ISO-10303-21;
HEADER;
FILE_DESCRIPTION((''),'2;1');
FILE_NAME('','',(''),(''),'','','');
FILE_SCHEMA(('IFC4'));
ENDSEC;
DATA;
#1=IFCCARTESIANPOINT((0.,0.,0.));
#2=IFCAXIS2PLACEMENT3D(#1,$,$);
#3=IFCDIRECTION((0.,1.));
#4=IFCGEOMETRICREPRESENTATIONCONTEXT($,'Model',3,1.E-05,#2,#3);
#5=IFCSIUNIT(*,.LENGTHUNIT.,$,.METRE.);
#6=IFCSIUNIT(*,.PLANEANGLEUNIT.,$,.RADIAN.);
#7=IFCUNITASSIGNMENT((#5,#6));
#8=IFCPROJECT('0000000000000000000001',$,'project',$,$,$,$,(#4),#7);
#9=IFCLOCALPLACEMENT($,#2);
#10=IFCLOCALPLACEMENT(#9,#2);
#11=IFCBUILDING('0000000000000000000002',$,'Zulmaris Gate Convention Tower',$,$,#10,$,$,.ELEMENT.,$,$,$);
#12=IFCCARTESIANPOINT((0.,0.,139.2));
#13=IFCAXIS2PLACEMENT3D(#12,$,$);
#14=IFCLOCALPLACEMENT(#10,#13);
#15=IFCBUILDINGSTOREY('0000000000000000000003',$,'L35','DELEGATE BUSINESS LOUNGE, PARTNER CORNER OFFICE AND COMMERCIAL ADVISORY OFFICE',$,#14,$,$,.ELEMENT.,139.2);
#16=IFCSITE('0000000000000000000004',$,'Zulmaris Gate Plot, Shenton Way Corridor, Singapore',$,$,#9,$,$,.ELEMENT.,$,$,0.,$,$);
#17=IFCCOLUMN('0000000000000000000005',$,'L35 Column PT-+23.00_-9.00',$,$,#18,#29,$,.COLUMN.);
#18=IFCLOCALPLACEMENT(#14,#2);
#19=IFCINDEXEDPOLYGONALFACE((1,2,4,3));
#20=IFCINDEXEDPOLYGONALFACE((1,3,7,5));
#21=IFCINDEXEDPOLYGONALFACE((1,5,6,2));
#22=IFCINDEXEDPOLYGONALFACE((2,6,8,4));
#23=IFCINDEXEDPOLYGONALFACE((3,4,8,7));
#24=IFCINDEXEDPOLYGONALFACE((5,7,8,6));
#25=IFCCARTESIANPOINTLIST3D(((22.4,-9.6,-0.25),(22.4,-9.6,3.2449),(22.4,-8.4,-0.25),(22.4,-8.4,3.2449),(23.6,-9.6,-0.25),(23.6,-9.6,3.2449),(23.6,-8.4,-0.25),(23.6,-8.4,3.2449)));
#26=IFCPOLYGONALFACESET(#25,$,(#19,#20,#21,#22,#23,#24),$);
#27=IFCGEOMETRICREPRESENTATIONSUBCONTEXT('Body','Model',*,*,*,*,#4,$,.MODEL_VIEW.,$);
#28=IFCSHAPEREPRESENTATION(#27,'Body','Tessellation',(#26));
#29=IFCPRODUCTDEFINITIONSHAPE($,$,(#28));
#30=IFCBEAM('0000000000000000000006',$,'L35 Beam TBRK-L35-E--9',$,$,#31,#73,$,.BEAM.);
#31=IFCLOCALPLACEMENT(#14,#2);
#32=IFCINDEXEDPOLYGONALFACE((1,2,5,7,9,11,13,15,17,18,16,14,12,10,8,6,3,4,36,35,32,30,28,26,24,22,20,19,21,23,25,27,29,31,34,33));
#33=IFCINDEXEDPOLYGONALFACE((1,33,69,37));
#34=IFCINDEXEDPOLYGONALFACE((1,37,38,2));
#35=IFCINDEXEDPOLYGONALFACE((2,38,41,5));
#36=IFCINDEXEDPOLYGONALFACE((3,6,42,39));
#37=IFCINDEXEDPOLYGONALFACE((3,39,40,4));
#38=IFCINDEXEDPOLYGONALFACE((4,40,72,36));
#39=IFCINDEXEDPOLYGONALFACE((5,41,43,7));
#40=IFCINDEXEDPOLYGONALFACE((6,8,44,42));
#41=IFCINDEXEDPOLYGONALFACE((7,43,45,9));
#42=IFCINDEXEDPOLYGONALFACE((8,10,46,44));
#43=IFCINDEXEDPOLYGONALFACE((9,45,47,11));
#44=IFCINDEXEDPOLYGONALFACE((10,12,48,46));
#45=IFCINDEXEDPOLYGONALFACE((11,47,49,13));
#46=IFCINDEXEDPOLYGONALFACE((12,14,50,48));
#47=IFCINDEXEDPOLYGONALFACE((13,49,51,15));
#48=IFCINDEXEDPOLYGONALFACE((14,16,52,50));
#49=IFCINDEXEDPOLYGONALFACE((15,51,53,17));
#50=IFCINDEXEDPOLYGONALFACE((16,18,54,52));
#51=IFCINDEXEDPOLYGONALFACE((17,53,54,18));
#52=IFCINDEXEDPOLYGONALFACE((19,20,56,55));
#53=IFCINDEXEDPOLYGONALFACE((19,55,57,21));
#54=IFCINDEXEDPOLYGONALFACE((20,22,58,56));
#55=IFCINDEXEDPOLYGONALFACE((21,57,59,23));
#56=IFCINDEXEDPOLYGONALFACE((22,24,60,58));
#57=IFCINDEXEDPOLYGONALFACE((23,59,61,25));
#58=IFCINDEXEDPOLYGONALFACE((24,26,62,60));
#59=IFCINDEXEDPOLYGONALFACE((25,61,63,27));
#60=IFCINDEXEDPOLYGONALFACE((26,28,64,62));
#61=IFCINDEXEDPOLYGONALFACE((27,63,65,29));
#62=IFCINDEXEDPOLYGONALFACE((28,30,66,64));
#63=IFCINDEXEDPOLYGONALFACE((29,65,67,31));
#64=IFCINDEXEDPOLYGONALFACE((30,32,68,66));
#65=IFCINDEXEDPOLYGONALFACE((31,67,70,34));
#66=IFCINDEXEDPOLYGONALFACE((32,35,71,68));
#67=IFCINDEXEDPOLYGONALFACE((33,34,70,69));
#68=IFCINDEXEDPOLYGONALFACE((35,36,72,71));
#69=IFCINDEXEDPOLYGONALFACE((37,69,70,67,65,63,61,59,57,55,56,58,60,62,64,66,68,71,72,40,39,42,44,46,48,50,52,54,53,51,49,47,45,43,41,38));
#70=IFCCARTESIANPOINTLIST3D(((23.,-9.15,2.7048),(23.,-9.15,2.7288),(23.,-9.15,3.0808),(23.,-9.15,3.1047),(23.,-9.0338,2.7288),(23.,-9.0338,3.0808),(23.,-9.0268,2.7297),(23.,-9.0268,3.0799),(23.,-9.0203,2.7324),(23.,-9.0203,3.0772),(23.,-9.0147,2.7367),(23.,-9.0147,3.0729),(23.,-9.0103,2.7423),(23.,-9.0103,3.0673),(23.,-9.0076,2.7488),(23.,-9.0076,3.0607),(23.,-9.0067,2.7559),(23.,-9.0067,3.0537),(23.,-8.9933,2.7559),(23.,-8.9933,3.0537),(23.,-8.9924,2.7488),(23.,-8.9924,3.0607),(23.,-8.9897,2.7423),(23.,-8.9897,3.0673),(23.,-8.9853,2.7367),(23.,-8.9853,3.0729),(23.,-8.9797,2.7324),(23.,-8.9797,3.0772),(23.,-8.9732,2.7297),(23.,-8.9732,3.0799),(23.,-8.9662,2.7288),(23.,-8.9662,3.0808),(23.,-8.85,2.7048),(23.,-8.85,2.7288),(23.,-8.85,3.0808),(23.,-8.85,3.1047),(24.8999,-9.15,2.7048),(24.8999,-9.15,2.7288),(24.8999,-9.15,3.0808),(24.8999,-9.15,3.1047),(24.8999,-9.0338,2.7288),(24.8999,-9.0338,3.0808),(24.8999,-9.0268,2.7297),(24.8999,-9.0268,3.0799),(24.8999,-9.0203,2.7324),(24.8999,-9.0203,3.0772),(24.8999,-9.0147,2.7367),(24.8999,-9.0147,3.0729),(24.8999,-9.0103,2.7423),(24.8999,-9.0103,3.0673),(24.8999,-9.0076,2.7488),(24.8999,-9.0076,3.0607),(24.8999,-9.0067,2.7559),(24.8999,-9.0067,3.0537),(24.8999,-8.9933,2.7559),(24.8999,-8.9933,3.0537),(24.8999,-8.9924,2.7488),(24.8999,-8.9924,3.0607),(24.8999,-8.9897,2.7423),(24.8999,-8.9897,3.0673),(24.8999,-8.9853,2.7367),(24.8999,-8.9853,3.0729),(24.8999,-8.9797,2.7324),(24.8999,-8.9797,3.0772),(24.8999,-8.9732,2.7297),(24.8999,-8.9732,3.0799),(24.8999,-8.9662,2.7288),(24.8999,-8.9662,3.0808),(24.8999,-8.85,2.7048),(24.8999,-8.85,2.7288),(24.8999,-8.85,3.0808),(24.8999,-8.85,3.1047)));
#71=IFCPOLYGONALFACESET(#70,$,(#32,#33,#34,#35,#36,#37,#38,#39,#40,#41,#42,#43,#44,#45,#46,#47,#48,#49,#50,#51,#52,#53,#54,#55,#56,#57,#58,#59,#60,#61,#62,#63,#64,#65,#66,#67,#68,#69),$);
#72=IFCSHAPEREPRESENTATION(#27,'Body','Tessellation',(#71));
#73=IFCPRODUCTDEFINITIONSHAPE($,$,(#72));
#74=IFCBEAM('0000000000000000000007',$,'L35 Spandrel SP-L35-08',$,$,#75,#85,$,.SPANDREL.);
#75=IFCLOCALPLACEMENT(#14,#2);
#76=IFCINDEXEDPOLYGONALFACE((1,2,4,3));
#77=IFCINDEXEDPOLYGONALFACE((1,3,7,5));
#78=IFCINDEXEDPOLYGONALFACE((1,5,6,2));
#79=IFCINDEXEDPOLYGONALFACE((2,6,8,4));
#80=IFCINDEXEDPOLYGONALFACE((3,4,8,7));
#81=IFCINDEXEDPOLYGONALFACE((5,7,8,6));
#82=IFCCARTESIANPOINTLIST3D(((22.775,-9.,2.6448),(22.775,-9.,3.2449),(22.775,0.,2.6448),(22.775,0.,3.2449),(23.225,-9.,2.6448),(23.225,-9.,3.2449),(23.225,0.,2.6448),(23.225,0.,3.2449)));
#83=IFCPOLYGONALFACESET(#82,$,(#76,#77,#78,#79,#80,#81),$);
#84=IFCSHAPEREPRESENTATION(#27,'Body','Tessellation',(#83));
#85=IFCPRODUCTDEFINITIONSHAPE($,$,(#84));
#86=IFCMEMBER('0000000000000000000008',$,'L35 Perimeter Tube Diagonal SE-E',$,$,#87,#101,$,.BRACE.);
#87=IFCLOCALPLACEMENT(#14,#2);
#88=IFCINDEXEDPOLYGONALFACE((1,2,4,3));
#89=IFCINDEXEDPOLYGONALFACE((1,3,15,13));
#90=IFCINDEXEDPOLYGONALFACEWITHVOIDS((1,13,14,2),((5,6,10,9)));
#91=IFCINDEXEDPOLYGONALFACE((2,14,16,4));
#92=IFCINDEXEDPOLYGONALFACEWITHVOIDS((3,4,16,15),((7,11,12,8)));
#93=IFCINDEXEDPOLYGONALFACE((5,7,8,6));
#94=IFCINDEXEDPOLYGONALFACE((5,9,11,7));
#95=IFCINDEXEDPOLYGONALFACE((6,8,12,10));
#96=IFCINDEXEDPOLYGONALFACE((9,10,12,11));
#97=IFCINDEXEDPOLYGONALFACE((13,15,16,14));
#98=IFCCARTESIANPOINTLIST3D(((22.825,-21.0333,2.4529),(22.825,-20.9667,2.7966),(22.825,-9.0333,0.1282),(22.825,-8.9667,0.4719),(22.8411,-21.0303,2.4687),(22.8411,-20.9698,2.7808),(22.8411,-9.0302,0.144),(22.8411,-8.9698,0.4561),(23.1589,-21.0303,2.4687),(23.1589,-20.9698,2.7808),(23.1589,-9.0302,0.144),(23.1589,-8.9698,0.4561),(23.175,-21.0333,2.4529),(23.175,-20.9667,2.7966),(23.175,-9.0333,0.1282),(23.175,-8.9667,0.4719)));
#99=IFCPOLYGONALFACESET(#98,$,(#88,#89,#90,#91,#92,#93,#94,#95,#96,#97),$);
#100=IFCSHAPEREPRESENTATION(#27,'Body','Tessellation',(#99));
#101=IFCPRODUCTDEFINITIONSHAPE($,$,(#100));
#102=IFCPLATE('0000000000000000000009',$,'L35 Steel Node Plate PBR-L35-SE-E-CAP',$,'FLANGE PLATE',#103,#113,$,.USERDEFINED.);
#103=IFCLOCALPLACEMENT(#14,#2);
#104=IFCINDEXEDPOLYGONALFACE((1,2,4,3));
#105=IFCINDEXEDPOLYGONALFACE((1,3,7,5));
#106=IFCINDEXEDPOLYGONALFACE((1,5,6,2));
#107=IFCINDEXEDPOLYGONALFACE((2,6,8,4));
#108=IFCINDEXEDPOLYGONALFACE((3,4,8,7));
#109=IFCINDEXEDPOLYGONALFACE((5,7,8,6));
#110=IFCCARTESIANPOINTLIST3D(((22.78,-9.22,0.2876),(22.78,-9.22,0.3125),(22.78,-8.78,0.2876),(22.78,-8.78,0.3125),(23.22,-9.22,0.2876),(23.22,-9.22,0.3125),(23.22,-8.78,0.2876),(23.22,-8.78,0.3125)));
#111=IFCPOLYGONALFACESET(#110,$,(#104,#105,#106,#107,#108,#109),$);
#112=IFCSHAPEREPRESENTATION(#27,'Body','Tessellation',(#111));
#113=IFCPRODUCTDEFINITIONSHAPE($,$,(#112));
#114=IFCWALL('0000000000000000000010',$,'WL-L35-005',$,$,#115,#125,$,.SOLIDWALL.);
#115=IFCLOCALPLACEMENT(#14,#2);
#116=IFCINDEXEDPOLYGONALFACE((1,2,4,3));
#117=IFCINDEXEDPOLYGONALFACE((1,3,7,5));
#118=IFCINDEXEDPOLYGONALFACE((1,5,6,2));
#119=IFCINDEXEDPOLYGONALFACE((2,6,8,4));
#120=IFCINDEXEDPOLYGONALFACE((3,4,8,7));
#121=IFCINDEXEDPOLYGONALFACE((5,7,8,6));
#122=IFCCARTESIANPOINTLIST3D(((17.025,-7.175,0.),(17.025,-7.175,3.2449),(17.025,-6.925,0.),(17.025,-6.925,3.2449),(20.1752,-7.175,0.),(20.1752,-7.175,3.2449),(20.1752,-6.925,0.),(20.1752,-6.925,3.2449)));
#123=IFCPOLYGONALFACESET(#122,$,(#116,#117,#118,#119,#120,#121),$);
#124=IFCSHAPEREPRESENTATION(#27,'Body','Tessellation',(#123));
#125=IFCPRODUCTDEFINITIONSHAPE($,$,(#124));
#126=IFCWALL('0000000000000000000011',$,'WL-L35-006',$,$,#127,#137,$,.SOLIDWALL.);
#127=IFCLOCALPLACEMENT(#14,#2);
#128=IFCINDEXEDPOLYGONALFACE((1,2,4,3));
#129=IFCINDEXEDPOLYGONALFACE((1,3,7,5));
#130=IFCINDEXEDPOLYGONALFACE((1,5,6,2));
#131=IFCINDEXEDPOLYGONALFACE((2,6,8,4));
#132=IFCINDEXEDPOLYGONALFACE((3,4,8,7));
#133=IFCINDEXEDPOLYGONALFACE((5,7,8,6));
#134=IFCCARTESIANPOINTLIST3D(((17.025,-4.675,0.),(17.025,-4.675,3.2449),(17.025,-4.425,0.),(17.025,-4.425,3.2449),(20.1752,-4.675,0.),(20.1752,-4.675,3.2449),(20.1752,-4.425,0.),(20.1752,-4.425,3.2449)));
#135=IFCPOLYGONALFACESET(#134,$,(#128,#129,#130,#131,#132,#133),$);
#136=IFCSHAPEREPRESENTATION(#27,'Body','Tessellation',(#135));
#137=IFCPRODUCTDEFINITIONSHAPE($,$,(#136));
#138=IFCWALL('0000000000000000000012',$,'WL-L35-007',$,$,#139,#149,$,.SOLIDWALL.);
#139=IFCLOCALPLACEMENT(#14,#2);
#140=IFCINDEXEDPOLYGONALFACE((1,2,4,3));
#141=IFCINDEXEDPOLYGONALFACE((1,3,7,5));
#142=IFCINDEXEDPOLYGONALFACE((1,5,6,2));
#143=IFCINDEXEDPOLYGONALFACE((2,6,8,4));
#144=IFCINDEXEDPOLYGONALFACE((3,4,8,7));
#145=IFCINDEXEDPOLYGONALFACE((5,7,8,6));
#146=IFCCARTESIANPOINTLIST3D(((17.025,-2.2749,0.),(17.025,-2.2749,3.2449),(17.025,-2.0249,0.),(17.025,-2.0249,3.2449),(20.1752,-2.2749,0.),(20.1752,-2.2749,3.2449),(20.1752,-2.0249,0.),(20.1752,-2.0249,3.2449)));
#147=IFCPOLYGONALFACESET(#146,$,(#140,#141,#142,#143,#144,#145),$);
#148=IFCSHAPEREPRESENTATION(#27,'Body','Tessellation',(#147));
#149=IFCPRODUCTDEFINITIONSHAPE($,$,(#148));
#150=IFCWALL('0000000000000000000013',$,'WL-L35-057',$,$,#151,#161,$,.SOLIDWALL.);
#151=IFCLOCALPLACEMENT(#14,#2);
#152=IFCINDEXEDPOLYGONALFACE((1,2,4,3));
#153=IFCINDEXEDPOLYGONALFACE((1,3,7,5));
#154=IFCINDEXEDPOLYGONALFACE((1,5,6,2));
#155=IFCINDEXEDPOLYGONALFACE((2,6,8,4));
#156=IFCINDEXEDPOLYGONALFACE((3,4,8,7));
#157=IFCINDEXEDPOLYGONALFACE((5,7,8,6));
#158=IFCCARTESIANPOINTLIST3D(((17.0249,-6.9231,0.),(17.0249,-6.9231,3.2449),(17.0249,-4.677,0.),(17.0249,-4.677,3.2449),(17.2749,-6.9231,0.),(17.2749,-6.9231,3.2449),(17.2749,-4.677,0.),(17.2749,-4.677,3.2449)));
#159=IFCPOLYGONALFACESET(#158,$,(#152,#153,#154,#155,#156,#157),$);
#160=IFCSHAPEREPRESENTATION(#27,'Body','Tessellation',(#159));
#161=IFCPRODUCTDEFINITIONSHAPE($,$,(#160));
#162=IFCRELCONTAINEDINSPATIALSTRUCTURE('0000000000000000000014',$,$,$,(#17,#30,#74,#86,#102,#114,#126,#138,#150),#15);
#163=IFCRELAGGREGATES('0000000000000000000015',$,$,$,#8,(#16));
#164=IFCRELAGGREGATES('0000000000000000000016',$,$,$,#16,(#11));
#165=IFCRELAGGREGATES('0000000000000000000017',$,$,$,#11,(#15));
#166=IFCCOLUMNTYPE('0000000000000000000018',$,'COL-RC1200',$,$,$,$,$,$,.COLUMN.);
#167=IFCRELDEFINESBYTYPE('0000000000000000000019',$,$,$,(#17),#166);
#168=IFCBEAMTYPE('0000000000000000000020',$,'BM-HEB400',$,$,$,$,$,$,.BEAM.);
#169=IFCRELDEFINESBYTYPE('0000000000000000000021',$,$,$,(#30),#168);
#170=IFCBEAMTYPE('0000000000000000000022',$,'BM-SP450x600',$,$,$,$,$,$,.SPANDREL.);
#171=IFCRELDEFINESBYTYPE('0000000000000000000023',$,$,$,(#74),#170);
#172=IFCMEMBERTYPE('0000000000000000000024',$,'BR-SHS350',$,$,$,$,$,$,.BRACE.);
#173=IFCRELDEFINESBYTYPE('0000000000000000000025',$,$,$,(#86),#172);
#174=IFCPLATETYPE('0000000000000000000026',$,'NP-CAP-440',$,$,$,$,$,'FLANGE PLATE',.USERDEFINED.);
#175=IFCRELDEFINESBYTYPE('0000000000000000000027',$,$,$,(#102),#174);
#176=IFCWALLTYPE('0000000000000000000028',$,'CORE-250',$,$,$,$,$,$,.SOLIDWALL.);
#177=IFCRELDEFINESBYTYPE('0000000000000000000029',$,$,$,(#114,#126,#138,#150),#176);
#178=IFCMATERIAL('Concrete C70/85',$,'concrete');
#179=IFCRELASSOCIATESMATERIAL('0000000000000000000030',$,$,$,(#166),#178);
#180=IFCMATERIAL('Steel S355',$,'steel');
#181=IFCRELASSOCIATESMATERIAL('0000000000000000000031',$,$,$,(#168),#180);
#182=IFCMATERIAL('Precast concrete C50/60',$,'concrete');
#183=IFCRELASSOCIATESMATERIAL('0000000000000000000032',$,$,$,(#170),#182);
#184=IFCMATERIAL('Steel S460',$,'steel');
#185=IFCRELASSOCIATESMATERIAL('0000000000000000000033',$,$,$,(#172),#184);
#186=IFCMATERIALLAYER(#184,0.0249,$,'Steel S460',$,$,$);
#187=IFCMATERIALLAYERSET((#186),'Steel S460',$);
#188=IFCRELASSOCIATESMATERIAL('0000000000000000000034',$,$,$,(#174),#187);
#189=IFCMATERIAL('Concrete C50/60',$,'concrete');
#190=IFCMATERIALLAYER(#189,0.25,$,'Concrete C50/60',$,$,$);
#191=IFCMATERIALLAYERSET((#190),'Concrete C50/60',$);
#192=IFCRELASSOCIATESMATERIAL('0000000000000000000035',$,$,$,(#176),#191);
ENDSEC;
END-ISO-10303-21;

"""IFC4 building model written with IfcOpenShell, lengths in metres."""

from ifc_helpers import new_model, si_unit, direction, frame, frame_2d, origin, origin_2d, place, context, subcontext, project, spatial, rectangle, hollow_rectangle, i_section, extrude, material, layer, layer_set, material_profile, profile_set, type_object, element, save


model = new_model("IFC4")

# Units and contexts
model_context = context("Model", 3, precision=1e-05, world=origin(), true_north=direction((0.0, 1.0)))
body_context = subcontext(model_context, "Body", "Model", "MODEL_VIEW")
ifc_project = project(units=[si_unit("LENGTHUNIT", "METRE"), si_unit("PLANEANGLEUNIT", "RADIAN")], contexts=[model_context])

# Site, building, storey
site_placement = place(None, origin())
site = spatial("IfcSite", under=ifc_project, at=site_placement, Name="Zulmaris Gate Plot, Shenton Way Corridor, Singapore", CompositionType="ELEMENT", RefElevation=0.0)
building_placement = place(site_placement, origin())
building = spatial("IfcBuilding", under=site, at=building_placement, Name="Zulmaris Gate Convention Tower", CompositionType="ELEMENT")
storey_placement = place(building_placement, frame((0.0, 0.0, 139.2)))
storey = spatial("IfcBuildingStorey", under=building, at=storey_placement, Name="L35", Description="DELEGATE BUSINESS LOUNGE, PARTNER CORNER OFFICE AND COMMERCIAL ADVISORY OFFICE", CompositionType="ELEMENT", Elevation=139.2)

# Column
ifc_material_1 = material(Name="Concrete C70/85", Category="concrete")
ifc_material_profile_1 = material_profile(ifc_material_1, rectangle(XDim=1.2, YDim=1.2, at=origin_2d()), Name="RC COL 1200x1200")
ifc_profile_set_1 = profile_set([ifc_material_profile_1], Name="Concrete C70/85")
column_type = type_object("IfcColumnType", Name="COL-RC1200", PredefinedType="COLUMN", material=ifc_profile_set_1)
column_placement = place(storey_placement, frame((23.0, -9.0, -0.25), z_axis=(0.0, 0.0, 1.0), x_axis=(1.0, 0.0, 0.0)))
element("IfcColumn", 1, at=column_placement, inside=storey, type_object=column_type, Name="L35 Column PT-+23.00_-9.00", PredefinedType="COLUMN", context=body_context, shape_type="SweptSolid", body=[
    extrude(rectangle(XDim=1.2, YDim=1.2, at=origin_2d()), origin(), (0.0, 0.0, 1.0), 3.4949),
])

# Beams
ifc_material_2 = material(Name="Steel S355", Category="steel")
ifc_material_profile_2 = material_profile(ifc_material_2, i_section(OverallWidth=0.3, OverallDepth=0.3999, WebThickness=0.0134, FlangeThickness=0.0239, FilletRadius=0.0271, at=origin_2d()), Name="HEB 400")
ifc_profile_set_2 = profile_set([ifc_material_profile_2], Name="Steel S355")
beam_type_1 = type_object("IfcBeamType", Name="BM-HEB400", PredefinedType="BEAM", material=ifc_profile_set_2)
beam_1_placement = place(storey_placement, frame((23.0, -9.0, 2.9048), z_axis=(1.0, 0.0, 0.0), x_axis=(0.0, 1.0, 0.0)))
element("IfcBeam", 2, at=beam_1_placement, inside=storey, type_object=beam_type_1, Name="L35 Beam TBRK-L35-E--9", PredefinedType="BEAM", context=body_context, shape_type="SweptSolid", body=[
    extrude(i_section(OverallWidth=0.3, OverallDepth=0.3999, WebThickness=0.0134, FlangeThickness=0.0239, FilletRadius=0.0271, at=origin_2d()), origin(), (0.0, 0.0, 1.0), 1.8999),
])
ifc_material_3 = material(Name="Precast concrete C50/60", Category="concrete")
ifc_material_profile_3 = material_profile(ifc_material_3, rectangle(XDim=0.45, YDim=0.6001, at=origin_2d()), Name="RC SPANDREL 450x600")
ifc_profile_set_3 = profile_set([ifc_material_profile_3], Name="Precast concrete C50/60")
beam_type_2 = type_object("IfcBeamType", Name="BM-SP450x600", PredefinedType="SPANDREL", material=ifc_profile_set_3)
beam_2_placement = place(storey_placement, frame((23.0, -9.0, 2.9448), z_axis=(0.0, 1.0, 0.0), x_axis=(-1.0, 0.0, 0.0)))
element("IfcBeam", 3, at=beam_2_placement, inside=storey, type_object=beam_type_2, Name="L35 Spandrel SP-L35-08", PredefinedType="SPANDREL", context=body_context, shape_type="SweptSolid", body=[
    extrude(rectangle(XDim=0.45, YDim=0.6001, at=origin_2d()), origin(), (0.0, 0.0, 1.0), 9.0),
])

# Member
ifc_material_4 = material(Name="Steel S460", Category="steel")
ifc_material_profile_4 = material_profile(ifc_material_4, hollow_rectangle(XDim=0.3501, YDim=0.3501, WallThickness=0.0161, at=origin_2d()), Name="SHS 350x350x16")
ifc_profile_set_4 = profile_set([ifc_material_profile_4], Name="Steel S460")
member_type = type_object("IfcMemberType", Name="BR-SHS350", PredefinedType="BRACE", material=ifc_profile_set_4)
member_placement = place(storey_placement, frame((23.0, -9.0, 0.3), z_axis=(0.0, -0.981747, 0.19019), x_axis=(1.0, 0.0, 0.0)))
element("IfcMember", 4, at=member_placement, inside=storey, type_object=member_type, Name="L35 Perimeter Tube Diagonal SE-E", PredefinedType="BRACE", context=body_context, shape_type="SweptSolid", body=[
    extrude(hollow_rectangle(XDim=0.3501, YDim=0.3501, WallThickness=0.0161, at=origin_2d()), origin(), (0.0, 0.0, 1.0), 12.2231),
])

# Plate
ifc_layer_1 = layer(ifc_material_4, 0.0249, Name="Steel S460")
ifc_layer_set_1 = layer_set([ifc_layer_1], Name="Steel S460")
plate_type = type_object("IfcPlateType", Name="NP-CAP-440", ElementType="FLANGE PLATE", PredefinedType="USERDEFINED", material=ifc_layer_set_1)
plate_placement = place(storey_placement, frame((23.0, -9.0, 0.2876), z_axis=(0.0, 0.0, 1.0), x_axis=(1.0, 0.0, 0.0)))
element("IfcPlate", 5, at=plate_placement, inside=storey, type_object=plate_type, Name="L35 Steel Node Plate PBR-L35-SE-E-CAP", ObjectType="FLANGE PLATE", PredefinedType="USERDEFINED", context=body_context, shape_type="SweptSolid", body=[
    extrude(rectangle(XDim=0.4399, YDim=0.4399, at=origin_2d()), origin(), (0.0, 0.0, 1.0), 0.0249),
])

# Walls
ifc_material_5 = material(Name="Concrete C50/60", Category="concrete")
ifc_layer_2 = layer(ifc_material_5, 0.25, Name="Concrete C50/60")
ifc_layer_set_2 = layer_set([ifc_layer_2], Name="Concrete C50/60")
wall_type_1 = type_object("IfcWallType", Name="CORE-250", PredefinedType="SOLIDWALL", material=ifc_layer_set_2)
for number, where, z_axis, x_axis, name in (
    (6, (17.0249, -7.05, 0.0), (0.0, 0.0, 1.0), (1.0, 0.0, 0.0), "WL-L35-005"),
    (7, (17.0249, -4.55, 0.0), (0.0, 0.0, 1.0), (1.0, 0.0, 0.0), "WL-L35-006"),
    (8, (17.0249, -2.1499, 0.0), (0.0, 0.0, 1.0), (1.0, 0.0, 0.0), "WL-L35-007"),
):
    element("IfcWall", number, at=place(storey_placement, frame(where, z_axis=z_axis, x_axis=x_axis)), inside=storey, type_object=wall_type_1, Name=name, PredefinedType="SOLIDWALL", context=body_context, shape_type="SweptSolid", body=[
        extrude(rectangle(XDim=3.1501, YDim=0.25, at=frame_2d((1.5752, 0.0))), origin(), (0.0, 0.0, 1.0), 3.2449),
    ])
wall_1_placement = place(storey_placement, frame((17.1499, -6.9231, 0.0), z_axis=(0.0, 0.0, 1.0), x_axis=(0.0, 1.0, 0.0)))
element("IfcWall", 9, at=wall_1_placement, inside=storey, type_object=wall_type_1, Name="WL-L35-057", PredefinedType="SOLIDWALL", context=body_context, shape_type="SweptSolid", body=[
    extrude(rectangle(XDim=2.2461, YDim=0.25, at=frame_2d((1.123, 0.0))), origin(), (0.0, 0.0, 1.0), 3.2449),
])

save(model, "model.ifc")
